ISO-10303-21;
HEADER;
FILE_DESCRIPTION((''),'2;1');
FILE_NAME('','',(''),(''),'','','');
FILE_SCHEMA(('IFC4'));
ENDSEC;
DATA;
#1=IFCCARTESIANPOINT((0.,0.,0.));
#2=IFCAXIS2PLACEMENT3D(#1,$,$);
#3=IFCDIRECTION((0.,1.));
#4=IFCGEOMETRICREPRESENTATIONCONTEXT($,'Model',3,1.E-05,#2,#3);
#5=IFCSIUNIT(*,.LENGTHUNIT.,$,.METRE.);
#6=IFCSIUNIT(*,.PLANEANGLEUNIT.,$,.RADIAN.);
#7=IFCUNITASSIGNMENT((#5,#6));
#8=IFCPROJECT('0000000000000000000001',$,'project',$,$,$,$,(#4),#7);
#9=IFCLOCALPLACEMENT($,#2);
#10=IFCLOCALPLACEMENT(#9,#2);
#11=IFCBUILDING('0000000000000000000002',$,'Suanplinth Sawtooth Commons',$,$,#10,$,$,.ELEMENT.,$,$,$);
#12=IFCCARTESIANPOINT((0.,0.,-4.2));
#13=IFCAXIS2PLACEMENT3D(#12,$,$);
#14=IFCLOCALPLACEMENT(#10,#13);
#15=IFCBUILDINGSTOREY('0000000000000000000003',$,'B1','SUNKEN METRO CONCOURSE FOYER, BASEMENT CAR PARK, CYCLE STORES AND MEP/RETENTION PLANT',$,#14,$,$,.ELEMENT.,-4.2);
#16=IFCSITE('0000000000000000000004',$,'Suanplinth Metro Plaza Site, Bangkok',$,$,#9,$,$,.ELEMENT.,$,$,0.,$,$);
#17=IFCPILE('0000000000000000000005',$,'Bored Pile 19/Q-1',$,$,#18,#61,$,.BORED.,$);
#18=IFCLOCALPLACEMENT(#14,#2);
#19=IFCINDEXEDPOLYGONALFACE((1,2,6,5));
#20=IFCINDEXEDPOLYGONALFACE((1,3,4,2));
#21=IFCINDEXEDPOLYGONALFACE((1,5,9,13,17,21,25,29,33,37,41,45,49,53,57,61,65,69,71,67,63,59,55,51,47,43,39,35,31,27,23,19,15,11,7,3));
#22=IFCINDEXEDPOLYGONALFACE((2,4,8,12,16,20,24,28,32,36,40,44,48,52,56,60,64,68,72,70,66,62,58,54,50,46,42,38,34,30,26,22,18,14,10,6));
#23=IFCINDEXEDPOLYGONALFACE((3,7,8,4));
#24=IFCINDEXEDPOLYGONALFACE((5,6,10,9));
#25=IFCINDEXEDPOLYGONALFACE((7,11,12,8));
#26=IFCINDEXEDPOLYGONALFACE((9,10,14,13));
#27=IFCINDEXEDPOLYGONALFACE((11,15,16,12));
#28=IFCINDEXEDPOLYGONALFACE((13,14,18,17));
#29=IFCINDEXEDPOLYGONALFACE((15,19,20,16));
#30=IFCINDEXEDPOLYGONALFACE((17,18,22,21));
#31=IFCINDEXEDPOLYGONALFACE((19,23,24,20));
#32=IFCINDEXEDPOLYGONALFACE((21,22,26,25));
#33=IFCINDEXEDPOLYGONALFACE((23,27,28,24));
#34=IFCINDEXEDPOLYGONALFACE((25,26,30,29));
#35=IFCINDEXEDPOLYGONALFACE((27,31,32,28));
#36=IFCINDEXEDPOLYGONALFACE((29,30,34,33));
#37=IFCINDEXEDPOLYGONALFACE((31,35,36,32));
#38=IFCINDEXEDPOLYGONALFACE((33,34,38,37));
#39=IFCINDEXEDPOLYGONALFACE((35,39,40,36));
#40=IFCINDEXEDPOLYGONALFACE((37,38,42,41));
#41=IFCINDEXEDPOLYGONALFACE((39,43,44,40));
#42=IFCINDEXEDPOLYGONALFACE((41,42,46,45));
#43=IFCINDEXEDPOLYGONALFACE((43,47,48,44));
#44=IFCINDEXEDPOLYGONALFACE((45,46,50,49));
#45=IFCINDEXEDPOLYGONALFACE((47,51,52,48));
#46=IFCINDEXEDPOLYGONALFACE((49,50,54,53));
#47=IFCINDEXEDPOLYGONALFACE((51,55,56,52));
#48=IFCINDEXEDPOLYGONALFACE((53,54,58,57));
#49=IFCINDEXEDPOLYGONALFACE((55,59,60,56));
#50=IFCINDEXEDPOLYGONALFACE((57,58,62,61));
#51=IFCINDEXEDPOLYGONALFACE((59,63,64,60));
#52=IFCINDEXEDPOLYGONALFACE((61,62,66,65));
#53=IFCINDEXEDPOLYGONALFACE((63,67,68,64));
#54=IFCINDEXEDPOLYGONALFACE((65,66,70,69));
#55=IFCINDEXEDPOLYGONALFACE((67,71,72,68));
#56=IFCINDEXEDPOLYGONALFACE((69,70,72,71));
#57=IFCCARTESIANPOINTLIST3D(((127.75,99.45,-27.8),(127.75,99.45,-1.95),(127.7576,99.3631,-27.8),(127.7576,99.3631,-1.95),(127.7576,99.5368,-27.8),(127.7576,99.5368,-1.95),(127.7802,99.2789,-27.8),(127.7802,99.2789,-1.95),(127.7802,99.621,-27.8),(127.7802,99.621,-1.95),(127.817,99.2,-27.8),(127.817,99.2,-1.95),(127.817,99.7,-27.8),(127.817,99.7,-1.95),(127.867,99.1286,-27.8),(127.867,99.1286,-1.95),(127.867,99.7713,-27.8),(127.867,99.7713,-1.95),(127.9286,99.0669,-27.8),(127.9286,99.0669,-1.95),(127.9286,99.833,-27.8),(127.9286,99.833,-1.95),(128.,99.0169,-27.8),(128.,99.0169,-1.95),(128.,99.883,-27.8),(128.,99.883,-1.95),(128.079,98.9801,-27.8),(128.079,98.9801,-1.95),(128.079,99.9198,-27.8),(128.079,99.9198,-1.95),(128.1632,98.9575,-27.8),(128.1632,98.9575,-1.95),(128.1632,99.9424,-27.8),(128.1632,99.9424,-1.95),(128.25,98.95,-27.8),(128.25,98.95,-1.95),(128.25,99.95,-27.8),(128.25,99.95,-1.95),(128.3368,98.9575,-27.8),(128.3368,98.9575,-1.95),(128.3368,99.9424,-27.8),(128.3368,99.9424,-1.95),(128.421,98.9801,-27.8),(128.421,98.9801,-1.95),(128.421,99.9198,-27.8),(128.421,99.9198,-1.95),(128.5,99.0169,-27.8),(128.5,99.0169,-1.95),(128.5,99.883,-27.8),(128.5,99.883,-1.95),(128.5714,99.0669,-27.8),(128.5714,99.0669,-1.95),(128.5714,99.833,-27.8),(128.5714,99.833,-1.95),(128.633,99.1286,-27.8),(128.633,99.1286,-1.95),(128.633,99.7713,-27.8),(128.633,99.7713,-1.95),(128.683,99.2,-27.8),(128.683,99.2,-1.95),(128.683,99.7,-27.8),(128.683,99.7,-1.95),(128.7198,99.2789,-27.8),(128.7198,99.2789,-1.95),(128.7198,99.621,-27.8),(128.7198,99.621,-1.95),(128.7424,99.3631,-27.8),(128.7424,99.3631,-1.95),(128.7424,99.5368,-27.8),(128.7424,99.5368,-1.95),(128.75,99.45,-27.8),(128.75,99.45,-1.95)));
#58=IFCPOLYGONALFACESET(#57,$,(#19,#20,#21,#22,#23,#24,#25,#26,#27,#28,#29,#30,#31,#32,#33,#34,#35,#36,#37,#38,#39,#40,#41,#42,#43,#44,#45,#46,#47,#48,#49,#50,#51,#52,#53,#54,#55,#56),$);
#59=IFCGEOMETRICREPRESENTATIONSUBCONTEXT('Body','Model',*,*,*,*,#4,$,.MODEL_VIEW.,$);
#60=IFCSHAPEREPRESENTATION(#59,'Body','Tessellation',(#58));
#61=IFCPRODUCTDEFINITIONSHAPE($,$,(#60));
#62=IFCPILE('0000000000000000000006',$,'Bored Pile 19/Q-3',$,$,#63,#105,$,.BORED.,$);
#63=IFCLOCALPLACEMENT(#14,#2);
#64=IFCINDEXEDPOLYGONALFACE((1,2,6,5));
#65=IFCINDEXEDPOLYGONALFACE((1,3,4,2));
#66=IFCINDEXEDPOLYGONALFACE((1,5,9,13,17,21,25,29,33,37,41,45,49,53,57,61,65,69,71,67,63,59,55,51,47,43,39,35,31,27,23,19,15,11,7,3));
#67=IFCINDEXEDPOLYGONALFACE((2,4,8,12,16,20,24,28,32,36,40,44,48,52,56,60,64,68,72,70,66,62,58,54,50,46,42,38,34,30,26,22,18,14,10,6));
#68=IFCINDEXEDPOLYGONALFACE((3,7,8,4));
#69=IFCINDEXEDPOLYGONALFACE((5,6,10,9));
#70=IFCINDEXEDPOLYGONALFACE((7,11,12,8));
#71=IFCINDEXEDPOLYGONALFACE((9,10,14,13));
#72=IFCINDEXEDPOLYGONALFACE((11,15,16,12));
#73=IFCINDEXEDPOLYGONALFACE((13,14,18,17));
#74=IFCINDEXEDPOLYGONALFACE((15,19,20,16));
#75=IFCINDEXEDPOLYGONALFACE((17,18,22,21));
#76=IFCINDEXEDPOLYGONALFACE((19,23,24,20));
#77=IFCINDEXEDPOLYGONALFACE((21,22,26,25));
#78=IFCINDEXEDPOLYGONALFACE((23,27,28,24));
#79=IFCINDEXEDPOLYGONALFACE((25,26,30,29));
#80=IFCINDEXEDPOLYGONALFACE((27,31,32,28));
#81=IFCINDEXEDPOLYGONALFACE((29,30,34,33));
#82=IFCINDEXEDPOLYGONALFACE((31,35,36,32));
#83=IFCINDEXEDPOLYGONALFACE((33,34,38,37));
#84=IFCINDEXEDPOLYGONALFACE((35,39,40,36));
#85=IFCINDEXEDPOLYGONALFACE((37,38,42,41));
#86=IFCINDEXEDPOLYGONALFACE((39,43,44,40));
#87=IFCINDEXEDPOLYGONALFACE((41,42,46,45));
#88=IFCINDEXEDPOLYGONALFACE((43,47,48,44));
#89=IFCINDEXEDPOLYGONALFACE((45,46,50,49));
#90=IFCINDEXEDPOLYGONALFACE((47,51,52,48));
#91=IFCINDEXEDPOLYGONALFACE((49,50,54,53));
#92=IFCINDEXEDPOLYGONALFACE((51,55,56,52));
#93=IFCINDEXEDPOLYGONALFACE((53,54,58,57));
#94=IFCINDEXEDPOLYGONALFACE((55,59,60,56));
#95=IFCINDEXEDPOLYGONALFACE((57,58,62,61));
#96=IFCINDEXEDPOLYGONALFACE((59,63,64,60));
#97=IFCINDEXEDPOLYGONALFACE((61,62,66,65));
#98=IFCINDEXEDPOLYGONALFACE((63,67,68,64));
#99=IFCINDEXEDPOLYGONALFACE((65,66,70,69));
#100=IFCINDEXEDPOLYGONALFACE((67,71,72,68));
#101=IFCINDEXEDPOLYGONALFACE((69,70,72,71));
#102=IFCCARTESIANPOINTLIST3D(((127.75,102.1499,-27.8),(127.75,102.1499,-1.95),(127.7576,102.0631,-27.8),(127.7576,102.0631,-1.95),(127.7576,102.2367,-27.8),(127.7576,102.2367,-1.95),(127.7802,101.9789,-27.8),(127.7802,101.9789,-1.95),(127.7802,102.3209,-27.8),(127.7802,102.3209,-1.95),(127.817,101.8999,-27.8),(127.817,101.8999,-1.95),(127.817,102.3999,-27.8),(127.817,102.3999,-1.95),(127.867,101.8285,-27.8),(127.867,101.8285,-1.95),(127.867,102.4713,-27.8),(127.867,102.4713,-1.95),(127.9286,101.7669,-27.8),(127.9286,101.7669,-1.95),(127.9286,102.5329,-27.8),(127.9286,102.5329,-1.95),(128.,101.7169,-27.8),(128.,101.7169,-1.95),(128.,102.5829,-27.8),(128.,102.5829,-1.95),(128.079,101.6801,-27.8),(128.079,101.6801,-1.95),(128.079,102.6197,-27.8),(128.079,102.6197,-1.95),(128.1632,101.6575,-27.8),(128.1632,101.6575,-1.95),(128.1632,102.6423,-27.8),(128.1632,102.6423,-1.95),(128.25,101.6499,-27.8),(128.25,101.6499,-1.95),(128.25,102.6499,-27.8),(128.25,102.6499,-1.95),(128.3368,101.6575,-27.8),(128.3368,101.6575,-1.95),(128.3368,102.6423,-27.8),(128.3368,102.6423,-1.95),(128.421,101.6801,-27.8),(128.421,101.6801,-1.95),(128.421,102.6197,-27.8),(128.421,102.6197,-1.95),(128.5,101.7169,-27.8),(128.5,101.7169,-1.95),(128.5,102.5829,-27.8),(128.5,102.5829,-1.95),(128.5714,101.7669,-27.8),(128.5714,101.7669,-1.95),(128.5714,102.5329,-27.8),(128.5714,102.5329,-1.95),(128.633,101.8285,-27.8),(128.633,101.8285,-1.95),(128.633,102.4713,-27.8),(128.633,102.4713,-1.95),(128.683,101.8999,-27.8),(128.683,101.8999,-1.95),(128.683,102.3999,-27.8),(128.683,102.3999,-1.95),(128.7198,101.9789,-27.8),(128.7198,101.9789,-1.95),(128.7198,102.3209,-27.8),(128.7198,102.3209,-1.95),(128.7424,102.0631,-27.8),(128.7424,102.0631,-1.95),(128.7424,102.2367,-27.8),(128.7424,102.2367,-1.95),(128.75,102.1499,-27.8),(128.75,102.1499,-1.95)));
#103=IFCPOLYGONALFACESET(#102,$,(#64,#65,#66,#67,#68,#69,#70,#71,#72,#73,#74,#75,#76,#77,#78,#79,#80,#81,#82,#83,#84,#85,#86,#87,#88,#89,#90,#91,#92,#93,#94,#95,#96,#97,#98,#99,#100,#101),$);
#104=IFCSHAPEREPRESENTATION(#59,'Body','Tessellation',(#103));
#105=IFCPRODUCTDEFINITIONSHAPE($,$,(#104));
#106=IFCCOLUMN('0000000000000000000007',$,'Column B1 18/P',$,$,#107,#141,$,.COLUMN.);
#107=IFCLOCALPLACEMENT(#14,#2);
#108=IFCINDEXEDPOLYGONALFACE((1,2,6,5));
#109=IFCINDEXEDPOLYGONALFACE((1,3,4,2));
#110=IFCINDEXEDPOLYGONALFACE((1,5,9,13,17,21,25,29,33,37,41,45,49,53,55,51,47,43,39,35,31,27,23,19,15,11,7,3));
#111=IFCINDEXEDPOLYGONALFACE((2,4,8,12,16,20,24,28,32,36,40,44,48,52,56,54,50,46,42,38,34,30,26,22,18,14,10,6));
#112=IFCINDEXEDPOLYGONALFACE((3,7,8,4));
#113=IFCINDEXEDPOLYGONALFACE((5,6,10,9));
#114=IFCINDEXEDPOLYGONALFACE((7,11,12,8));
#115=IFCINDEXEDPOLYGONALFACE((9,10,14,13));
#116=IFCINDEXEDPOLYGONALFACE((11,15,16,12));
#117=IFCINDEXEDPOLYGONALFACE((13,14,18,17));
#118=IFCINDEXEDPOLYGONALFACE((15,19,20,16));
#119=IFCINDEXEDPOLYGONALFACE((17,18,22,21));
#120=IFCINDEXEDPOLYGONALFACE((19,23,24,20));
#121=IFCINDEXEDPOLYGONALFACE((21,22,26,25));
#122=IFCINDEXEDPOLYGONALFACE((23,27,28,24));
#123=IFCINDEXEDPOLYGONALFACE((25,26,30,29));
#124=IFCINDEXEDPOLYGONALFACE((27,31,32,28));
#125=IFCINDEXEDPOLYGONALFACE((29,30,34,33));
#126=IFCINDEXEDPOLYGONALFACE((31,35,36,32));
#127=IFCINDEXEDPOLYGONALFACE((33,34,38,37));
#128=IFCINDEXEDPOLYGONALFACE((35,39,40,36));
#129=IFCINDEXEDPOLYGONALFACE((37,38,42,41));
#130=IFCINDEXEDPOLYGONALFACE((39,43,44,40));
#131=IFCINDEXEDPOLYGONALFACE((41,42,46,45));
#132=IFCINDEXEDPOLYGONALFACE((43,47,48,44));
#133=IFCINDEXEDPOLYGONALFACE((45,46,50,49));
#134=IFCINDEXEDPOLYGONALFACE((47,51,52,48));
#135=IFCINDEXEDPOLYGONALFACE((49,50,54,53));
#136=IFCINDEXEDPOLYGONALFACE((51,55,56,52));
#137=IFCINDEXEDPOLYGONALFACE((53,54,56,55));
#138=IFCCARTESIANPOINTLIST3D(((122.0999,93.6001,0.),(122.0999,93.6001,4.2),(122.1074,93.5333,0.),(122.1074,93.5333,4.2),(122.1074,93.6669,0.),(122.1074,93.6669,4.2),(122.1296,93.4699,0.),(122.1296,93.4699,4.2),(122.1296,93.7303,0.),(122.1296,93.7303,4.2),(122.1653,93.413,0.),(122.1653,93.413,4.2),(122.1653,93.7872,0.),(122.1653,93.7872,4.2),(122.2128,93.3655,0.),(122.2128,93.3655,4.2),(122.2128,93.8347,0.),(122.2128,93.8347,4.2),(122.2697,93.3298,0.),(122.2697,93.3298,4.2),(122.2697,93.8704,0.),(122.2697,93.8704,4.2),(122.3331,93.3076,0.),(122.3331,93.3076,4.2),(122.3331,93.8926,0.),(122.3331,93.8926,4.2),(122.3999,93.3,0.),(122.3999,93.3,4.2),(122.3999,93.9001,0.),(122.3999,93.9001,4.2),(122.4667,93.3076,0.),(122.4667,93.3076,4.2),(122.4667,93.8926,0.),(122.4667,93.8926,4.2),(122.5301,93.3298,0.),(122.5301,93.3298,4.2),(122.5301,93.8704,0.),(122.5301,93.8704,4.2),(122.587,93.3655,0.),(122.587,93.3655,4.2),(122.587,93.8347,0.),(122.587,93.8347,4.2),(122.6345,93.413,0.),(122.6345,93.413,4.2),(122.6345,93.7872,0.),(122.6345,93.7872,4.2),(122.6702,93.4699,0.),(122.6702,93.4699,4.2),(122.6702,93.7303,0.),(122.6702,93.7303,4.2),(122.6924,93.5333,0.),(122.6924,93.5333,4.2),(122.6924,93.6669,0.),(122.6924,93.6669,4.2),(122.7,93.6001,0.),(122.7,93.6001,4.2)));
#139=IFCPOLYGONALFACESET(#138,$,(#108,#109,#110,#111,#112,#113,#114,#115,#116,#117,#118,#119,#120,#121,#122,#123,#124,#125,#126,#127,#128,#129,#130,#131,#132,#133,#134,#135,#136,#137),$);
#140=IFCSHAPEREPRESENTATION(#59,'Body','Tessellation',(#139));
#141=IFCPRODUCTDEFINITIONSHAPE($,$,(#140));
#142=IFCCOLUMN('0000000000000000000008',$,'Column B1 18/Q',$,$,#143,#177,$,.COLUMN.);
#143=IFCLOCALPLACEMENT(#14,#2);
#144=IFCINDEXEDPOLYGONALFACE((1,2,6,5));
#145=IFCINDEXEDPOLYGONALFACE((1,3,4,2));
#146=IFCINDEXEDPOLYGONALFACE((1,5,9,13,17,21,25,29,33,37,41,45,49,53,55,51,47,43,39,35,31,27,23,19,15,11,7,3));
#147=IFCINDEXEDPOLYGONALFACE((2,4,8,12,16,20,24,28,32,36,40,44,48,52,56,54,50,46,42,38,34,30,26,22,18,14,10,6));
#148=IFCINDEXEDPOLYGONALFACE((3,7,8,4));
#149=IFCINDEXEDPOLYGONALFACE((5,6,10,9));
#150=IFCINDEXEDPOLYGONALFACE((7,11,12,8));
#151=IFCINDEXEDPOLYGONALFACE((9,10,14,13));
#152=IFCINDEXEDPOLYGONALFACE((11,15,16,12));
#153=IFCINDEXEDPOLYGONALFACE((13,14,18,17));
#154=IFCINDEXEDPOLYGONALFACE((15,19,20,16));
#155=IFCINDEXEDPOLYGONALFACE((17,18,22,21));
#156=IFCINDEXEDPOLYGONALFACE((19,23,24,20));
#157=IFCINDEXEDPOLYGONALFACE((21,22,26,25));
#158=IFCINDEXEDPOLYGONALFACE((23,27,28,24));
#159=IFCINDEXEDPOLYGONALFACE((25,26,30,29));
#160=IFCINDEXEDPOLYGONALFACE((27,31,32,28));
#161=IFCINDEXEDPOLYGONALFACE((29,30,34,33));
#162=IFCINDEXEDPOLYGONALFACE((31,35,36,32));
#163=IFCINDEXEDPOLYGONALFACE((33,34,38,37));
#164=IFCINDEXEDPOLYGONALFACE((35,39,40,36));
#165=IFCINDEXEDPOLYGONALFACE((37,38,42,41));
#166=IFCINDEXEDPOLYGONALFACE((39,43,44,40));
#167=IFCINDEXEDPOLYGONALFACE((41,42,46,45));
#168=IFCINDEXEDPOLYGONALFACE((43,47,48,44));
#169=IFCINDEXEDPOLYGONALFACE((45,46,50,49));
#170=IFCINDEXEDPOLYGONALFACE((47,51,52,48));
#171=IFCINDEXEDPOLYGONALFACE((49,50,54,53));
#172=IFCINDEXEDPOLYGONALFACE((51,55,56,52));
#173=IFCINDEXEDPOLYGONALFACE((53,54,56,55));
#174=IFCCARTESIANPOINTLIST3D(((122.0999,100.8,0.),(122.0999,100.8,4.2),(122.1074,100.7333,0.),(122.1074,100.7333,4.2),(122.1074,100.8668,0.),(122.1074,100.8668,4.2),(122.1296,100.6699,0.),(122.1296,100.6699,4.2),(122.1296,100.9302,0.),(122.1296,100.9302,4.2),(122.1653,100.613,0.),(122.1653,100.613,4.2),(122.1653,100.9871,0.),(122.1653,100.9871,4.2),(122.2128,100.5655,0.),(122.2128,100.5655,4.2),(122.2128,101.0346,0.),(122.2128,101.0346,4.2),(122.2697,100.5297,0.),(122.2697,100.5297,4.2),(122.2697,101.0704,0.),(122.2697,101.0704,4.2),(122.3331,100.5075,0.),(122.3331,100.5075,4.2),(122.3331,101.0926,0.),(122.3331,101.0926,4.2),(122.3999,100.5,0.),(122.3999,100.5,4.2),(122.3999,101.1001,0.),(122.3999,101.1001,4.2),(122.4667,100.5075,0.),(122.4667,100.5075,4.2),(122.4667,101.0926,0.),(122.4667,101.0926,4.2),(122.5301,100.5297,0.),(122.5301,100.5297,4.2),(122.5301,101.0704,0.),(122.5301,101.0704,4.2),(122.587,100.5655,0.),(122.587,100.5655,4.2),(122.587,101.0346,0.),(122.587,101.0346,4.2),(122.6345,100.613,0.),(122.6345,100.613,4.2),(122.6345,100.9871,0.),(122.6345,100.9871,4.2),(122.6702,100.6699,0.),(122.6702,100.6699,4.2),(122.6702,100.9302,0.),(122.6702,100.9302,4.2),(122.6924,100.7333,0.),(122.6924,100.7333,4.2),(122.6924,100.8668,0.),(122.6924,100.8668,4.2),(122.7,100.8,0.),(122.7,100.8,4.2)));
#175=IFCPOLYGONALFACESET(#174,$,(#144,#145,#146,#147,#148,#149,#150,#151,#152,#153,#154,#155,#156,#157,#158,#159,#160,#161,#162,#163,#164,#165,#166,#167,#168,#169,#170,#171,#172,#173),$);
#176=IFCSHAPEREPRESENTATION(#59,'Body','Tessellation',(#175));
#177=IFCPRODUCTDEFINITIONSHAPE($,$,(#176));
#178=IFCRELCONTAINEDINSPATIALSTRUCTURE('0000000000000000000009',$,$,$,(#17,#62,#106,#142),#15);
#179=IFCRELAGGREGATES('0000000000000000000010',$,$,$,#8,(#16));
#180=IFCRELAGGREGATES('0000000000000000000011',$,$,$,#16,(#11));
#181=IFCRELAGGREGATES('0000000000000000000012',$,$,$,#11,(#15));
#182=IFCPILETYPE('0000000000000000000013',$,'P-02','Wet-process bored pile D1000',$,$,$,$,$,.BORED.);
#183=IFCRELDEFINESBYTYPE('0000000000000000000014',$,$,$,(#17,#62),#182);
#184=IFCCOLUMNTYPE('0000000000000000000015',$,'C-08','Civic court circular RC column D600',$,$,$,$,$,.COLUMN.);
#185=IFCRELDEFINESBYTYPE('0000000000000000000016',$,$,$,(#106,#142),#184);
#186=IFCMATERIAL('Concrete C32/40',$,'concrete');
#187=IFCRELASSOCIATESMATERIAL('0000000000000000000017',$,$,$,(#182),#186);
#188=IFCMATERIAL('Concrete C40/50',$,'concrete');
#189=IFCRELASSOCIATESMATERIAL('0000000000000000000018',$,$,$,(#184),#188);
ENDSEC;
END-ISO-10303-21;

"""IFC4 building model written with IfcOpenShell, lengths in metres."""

from ifc_helpers import new_model, si_unit, direction, frame, origin, origin_2d, place, context, subcontext, project, spatial, circle, extrude, material, material_profile, profile_set, type_object, element, save


model = new_model("IFC4")

# Units and contexts
model_context = context("Model", 3, precision=1e-05, world=origin(), true_north=direction((0.0, 1.0)))
body_context = subcontext(model_context, "Body", "Model", "MODEL_VIEW")
ifc_project = project(units=[si_unit("LENGTHUNIT", "METRE"), si_unit("PLANEANGLEUNIT", "RADIAN")], contexts=[model_context])

# Site, building, storey
site_placement = place(None, origin())
site = spatial("IfcSite", under=ifc_project, at=site_placement, Name="Suanplinth Metro Plaza Site, Bangkok", CompositionType="ELEMENT", RefElevation=0.0)
building_placement = place(site_placement, origin())
building = spatial("IfcBuilding", under=site, at=building_placement, Name="Suanplinth Sawtooth Commons", CompositionType="ELEMENT")
storey_placement = place(building_placement, frame((0.0, 0.0, -4.2)))
storey = spatial("IfcBuildingStorey", under=building, at=storey_placement, Name="B1", Description="SUNKEN METRO CONCOURSE FOYER, BASEMENT CAR PARK, CYCLE STORES AND MEP/RETENTION PLANT", CompositionType="ELEMENT", Elevation=-4.2)

# Piles
ifc_material_1 = material(Name="Concrete C32/40", Category="concrete")
ifc_material_profile_1 = material_profile(ifc_material_1, circle(Radius=0.5, at=origin_2d()), Name="PILE D1000")
ifc_profile_set_1 = profile_set([ifc_material_profile_1], Name="Concrete C32/40")
pile_type = type_object("IfcPileType", Name="P-02", Description="Wet-process bored pile D1000", PredefinedType="BORED", material=ifc_profile_set_1)
for number, where, z_axis, x_axis, name in (
    (1, (128.25, 99.45, -1.95), (0.0, 0.0, -1.0), (1.0, 0.0, 0.0), "Bored Pile 19/Q-1"),
    (2, (128.25, 102.1499, -1.95), (0.0, 0.0, -1.0), (1.0, 0.0, 0.0), "Bored Pile 19/Q-3"),
):
    element("IfcPile", number, at=place(storey_placement, frame(where, z_axis=z_axis, x_axis=x_axis)), inside=storey, type_object=pile_type, Name=name, PredefinedType="BORED", context=body_context, shape_type="SweptSolid", body=[
        extrude(circle(Radius=0.5, at=origin_2d()), origin(), (0.0, 0.0, 1.0), 25.8501),
    ])

# Columns
ifc_material_2 = material(Name="Concrete C40/50", Category="concrete")
ifc_material_profile_2 = material_profile(ifc_material_2, circle(Radius=0.3, at=origin_2d()), Name="RC-CIRC D600")
ifc_profile_set_2 = profile_set([ifc_material_profile_2], Name="Concrete C40/50")
column_type = type_object("IfcColumnType", Name="C-08", Description="Civic court circular RC column D600", PredefinedType="COLUMN", material=ifc_profile_set_2)
for number, where, z_axis, x_axis, name in (
    (3, (122.3999, 93.6001, 0.0), (0.0, 0.0, 1.0), (1.0, 0.0, 0.0), "Column B1 18/P"),
    (4, (122.3999, 100.8, 0.0), (0.0, 0.0, 1.0), (1.0, 0.0, 0.0), "Column B1 18/Q"),
):
    element("IfcColumn", number, at=place(storey_placement, frame(where, z_axis=z_axis, x_axis=x_axis)), inside=storey, type_object=column_type, Name=name, PredefinedType="COLUMN", context=body_context, shape_type="SweptSolid", body=[
        extrude(circle(Radius=0.3, at=origin_2d()), origin(), (0.0, 0.0, 1.0), 4.2),
    ])

save(model, "model.ifc")
